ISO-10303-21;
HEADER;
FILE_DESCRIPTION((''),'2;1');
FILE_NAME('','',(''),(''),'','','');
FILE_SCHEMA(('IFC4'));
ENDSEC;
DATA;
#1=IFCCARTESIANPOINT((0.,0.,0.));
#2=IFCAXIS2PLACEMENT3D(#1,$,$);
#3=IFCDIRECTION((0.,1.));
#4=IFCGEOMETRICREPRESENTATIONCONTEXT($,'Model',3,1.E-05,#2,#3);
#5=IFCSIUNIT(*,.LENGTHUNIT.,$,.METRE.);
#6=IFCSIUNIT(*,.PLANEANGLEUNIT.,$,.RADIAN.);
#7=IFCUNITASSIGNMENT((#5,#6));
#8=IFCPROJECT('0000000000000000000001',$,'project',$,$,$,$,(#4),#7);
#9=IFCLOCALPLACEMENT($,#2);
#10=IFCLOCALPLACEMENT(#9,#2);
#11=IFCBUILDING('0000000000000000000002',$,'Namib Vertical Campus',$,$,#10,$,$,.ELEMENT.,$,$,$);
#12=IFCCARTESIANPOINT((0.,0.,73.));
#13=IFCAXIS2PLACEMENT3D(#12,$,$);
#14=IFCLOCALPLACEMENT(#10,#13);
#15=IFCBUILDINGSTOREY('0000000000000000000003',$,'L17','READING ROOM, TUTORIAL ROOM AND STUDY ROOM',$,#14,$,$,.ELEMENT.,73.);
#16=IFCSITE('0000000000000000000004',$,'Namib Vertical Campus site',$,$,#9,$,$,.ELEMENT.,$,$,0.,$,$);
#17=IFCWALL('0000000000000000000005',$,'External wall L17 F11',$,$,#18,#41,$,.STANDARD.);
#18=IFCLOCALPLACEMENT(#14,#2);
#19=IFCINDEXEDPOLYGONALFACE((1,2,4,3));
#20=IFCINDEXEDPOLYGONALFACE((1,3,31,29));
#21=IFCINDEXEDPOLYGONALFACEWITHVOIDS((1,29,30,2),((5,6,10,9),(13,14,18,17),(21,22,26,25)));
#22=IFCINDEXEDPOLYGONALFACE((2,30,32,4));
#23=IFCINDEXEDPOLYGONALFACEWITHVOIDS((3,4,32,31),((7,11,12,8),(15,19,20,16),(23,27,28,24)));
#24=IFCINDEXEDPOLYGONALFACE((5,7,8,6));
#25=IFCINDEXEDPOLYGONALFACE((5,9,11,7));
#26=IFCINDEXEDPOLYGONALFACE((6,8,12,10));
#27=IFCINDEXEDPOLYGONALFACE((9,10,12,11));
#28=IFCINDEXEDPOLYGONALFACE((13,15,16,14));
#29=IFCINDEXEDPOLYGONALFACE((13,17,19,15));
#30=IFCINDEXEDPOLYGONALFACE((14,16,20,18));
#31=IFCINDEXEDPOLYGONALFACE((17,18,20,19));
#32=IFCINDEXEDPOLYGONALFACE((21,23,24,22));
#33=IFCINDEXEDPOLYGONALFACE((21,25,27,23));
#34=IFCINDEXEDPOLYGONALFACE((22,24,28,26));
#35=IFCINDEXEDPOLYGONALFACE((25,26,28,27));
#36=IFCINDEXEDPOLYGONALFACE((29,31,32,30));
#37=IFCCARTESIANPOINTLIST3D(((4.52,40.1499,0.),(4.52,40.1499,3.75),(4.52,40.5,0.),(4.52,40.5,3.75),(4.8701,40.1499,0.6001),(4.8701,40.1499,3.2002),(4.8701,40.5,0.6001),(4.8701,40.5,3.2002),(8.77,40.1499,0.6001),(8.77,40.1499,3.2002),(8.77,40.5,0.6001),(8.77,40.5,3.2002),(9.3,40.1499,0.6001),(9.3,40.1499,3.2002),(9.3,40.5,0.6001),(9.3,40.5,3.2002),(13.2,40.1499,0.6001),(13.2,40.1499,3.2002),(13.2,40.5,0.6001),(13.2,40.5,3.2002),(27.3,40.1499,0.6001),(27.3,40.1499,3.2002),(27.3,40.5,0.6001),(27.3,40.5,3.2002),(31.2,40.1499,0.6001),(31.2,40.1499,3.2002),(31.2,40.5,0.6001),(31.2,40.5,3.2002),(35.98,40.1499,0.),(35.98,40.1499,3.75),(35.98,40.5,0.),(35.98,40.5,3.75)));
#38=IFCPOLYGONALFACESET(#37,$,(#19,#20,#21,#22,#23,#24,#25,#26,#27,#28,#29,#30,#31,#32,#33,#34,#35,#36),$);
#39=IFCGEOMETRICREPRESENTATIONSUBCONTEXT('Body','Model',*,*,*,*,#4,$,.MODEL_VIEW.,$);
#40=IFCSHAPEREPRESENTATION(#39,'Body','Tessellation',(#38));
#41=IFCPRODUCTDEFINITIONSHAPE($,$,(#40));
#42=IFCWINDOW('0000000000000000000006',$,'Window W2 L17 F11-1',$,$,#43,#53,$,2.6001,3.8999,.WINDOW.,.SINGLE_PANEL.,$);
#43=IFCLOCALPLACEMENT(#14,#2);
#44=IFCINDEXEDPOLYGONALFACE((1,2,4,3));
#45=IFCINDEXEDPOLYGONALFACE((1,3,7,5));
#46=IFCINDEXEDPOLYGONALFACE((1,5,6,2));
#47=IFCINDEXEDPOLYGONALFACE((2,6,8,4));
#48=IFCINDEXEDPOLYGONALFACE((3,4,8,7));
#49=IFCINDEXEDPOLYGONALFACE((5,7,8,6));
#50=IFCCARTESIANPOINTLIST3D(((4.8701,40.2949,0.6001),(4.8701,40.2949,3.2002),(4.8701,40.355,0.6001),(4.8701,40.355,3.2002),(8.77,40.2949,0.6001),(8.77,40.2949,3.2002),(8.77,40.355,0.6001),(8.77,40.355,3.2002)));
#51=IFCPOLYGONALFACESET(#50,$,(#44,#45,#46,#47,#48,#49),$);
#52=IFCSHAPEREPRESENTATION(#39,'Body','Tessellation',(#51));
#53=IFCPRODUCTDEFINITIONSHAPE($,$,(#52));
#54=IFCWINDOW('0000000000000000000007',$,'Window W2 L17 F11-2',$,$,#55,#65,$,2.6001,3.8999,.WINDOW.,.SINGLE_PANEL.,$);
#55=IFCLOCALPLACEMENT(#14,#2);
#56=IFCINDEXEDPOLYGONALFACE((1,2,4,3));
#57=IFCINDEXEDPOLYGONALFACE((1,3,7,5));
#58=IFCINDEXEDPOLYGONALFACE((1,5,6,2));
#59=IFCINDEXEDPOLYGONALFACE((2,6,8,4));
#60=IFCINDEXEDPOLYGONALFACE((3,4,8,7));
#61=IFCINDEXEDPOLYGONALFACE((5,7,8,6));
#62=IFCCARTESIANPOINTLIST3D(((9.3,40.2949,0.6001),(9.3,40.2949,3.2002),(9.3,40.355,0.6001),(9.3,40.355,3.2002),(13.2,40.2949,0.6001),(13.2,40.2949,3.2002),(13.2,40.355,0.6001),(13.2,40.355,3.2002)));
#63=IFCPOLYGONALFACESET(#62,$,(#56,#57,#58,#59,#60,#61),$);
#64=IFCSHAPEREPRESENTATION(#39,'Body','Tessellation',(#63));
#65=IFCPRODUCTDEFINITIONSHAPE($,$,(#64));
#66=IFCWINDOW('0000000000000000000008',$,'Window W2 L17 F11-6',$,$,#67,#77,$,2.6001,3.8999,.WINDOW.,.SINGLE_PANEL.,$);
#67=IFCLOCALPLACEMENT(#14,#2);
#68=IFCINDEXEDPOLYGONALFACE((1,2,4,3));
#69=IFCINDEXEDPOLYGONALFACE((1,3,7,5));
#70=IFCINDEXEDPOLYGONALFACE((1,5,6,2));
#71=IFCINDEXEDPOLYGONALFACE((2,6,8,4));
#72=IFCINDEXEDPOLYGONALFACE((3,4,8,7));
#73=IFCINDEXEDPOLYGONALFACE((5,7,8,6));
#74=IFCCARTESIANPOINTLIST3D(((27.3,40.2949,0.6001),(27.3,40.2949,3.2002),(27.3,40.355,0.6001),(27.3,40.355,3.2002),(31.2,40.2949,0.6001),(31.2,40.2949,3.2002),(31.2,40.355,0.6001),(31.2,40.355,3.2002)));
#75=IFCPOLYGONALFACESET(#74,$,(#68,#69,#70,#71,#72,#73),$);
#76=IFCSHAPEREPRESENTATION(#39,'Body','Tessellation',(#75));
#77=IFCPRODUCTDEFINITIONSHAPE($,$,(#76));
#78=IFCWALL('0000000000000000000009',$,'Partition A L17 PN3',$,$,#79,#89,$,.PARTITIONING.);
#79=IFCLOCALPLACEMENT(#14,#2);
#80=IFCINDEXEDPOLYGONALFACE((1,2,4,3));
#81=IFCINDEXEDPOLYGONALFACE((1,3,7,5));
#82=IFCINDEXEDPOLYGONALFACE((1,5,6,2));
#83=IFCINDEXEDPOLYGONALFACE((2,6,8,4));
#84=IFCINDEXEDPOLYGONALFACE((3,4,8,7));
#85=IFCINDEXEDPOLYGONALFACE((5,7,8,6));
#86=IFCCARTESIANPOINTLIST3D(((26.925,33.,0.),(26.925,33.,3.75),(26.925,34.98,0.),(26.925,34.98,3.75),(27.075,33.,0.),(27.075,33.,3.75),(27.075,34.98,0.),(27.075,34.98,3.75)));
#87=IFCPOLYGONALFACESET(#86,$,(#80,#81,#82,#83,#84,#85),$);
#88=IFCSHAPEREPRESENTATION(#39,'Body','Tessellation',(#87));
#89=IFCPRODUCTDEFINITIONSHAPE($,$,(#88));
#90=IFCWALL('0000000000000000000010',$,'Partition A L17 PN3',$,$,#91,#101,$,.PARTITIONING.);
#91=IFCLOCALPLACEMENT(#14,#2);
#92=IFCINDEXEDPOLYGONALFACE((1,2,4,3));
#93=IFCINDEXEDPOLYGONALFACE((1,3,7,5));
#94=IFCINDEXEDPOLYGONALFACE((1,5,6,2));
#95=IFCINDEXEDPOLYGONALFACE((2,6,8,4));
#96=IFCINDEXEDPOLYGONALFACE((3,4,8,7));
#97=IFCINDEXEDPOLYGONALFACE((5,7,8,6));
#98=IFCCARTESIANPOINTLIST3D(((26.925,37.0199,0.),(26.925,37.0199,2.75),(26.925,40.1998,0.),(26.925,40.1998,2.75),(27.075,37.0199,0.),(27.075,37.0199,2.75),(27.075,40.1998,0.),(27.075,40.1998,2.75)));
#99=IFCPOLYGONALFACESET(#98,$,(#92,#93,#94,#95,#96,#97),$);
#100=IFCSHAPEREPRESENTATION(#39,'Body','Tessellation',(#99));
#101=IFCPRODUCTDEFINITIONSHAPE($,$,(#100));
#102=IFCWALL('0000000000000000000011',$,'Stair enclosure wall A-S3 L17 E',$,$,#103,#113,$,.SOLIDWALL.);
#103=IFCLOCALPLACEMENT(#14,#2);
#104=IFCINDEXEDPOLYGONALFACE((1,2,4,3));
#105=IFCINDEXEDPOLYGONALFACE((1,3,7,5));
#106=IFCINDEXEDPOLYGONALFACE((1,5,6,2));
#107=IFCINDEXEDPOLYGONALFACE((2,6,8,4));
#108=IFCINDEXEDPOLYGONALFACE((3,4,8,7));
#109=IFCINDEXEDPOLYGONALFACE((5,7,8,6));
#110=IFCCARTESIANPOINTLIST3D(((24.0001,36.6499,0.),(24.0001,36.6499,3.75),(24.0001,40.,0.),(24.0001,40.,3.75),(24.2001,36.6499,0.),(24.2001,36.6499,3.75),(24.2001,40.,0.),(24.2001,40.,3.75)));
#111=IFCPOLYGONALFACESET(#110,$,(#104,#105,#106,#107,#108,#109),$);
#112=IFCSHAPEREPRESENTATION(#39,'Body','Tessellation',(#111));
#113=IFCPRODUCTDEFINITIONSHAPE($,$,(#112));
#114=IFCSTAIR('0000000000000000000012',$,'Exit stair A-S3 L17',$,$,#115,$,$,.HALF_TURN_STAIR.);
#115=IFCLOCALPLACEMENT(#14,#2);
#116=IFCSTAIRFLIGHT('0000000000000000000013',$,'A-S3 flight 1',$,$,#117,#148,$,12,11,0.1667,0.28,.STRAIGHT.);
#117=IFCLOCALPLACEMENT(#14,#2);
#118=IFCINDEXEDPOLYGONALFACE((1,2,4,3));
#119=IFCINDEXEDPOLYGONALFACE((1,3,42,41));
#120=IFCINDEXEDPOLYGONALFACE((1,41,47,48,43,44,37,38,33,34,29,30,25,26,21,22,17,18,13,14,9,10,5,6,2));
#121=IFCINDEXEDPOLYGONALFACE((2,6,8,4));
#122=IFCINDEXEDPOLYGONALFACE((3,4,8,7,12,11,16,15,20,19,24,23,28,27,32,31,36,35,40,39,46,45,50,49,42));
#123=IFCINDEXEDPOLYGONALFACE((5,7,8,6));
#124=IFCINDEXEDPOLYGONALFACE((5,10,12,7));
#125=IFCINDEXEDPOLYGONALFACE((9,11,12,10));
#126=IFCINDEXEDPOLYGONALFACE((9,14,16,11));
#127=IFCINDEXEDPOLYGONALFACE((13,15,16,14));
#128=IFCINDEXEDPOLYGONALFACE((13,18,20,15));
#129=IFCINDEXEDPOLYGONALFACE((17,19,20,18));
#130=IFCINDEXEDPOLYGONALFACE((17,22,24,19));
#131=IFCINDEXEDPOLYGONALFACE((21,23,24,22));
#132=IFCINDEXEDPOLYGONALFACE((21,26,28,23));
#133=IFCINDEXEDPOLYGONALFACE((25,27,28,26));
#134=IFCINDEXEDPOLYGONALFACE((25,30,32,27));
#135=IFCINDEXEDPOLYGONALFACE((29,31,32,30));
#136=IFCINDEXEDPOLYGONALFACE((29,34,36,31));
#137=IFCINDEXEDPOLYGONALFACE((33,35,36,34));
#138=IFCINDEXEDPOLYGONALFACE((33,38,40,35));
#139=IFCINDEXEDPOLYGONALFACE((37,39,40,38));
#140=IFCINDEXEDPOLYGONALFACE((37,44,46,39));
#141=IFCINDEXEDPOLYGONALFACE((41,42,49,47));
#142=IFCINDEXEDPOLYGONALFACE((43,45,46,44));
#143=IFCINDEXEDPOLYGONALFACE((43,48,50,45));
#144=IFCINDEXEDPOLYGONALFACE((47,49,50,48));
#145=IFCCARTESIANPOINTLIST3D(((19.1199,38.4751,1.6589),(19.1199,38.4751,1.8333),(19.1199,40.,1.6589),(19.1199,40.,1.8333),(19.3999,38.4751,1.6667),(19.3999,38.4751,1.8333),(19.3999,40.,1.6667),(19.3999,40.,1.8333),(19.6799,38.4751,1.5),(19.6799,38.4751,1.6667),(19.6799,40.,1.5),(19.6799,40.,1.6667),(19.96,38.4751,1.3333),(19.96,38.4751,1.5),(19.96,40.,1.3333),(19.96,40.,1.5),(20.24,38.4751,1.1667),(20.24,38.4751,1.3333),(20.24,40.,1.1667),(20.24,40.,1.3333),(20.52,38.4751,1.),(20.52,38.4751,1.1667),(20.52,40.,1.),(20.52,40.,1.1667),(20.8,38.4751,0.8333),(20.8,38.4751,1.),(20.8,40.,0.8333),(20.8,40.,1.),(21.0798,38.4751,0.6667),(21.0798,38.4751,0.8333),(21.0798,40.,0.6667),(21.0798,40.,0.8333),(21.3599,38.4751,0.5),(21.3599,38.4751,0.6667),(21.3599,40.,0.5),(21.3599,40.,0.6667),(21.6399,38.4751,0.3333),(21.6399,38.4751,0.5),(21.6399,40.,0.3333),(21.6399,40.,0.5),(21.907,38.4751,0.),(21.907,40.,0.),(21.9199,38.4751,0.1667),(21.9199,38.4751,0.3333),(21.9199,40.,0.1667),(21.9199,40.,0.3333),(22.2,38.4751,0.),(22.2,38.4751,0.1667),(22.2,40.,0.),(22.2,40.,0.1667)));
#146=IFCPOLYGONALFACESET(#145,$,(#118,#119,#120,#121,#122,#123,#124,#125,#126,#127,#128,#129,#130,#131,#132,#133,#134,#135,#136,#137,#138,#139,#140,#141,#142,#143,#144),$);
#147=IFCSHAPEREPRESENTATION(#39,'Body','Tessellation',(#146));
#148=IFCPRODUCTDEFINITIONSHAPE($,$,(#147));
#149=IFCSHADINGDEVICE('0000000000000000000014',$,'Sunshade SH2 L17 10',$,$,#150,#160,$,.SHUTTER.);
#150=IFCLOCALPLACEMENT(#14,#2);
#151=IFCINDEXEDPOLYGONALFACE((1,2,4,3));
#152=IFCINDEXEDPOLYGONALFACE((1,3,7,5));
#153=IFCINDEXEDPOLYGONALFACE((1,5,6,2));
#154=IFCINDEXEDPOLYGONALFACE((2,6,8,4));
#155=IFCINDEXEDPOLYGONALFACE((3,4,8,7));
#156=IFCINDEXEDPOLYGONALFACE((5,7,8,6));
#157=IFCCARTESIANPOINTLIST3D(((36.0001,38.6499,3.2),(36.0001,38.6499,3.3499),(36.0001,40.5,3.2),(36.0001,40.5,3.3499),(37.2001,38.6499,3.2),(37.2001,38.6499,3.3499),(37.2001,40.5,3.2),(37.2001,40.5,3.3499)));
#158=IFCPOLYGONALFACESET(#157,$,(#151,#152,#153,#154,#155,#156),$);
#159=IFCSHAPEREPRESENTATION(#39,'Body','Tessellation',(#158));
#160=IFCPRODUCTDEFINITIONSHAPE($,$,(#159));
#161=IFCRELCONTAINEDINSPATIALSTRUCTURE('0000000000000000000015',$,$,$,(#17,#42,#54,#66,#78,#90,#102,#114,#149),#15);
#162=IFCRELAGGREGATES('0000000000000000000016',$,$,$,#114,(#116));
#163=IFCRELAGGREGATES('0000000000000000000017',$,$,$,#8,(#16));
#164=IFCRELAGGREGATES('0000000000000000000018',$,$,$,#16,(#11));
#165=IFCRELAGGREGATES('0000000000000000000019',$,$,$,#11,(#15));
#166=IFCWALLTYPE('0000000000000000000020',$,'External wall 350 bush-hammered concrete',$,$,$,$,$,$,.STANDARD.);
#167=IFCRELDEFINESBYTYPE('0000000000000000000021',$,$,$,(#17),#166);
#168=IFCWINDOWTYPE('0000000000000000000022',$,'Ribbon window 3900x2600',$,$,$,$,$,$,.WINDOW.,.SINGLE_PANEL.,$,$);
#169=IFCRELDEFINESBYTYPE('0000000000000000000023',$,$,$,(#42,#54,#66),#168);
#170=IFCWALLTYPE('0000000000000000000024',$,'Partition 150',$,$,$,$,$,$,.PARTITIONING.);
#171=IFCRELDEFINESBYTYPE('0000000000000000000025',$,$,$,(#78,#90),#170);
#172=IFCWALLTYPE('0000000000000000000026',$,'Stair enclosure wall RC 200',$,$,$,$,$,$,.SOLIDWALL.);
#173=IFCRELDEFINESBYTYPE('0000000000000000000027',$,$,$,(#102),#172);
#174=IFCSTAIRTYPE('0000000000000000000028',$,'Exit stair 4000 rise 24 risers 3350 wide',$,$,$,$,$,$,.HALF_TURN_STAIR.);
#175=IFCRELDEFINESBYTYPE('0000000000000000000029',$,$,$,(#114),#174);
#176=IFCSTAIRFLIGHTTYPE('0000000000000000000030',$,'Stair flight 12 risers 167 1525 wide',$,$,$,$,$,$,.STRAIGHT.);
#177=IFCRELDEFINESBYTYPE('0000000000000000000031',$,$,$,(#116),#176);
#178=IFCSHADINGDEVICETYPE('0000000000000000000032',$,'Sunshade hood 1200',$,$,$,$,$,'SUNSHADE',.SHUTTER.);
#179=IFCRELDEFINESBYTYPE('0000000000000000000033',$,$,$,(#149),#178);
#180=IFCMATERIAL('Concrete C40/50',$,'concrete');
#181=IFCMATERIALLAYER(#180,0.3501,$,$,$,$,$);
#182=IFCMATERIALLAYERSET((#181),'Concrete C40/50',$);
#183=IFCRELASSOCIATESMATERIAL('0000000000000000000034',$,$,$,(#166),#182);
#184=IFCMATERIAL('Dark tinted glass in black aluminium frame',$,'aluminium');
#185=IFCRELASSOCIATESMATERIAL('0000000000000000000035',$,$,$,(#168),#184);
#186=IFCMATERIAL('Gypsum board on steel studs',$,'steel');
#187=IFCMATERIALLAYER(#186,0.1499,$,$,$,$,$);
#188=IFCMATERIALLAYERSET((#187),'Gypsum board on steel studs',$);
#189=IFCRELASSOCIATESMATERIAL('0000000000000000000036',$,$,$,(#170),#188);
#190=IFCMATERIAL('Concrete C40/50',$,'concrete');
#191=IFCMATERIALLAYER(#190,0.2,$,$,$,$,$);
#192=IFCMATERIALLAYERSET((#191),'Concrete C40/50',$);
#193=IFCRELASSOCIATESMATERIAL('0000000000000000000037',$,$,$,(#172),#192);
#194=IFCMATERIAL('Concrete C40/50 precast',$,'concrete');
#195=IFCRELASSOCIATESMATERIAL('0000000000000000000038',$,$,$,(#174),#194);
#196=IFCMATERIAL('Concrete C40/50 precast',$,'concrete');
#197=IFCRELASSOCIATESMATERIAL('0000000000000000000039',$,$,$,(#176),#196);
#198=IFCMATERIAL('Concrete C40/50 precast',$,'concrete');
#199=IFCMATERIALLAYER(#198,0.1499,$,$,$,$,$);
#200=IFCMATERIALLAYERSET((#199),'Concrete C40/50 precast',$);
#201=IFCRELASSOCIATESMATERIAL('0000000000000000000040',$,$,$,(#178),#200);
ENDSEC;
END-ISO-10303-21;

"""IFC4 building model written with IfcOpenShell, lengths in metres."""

from ifc_helpers import new_model, si_unit, direction, frame, frame_2d, origin, origin_2d, place, context, subcontext, project, spatial, polyline, rectangle, outline, extrude, material, layer, layer_set, type_object, element, fill, aggregate, save


model = new_model("IFC4")

# Units and contexts
model_context = context("Model", 3, precision=1e-05, world=origin(), true_north=direction((0.0, 1.0)))
body_context = subcontext(model_context, "Body", "Model", "MODEL_VIEW")
ifc_project = project(units=[si_unit("LENGTHUNIT", "METRE"), si_unit("PLANEANGLEUNIT", "RADIAN")], contexts=[model_context])

# Site, building, storey
site_placement = place(None, origin())
site = spatial("IfcSite", under=ifc_project, at=site_placement, Name="Namib Vertical Campus site", CompositionType="ELEMENT", RefElevation=0.0)
building_placement = place(site_placement, origin())
building = spatial("IfcBuilding", under=site, at=building_placement, Name="Namib Vertical Campus", CompositionType="ELEMENT")
storey_placement = place(building_placement, frame((0.0, 0.0, 73.0)))
storey = spatial("IfcBuildingStorey", under=building, at=storey_placement, Name="L17", Description="READING ROOM, TUTORIAL ROOM AND STUDY ROOM", CompositionType="ELEMENT", Elevation=73.0)

# Shared definitions
ifc_material_1 = material(Name="Concrete C40/50", Category="concrete")
ifc_layer_1 = layer(ifc_material_1, 0.3501)
ifc_layer_set_1 = layer_set([ifc_layer_1], Name="Concrete C40/50")
wall_type_1 = type_object("IfcWallType", Name="External wall 350 bush-hammered concrete", PredefinedType="STANDARD", material=ifc_layer_set_1)

# Wall, openings, windows
wall_1_placement = place(storey_placement, frame((35.98, 40.325, 0.0), z_axis=(0.0, 0.0, 1.0), x_axis=(-1.0, 0.0, 0.0)))
wall_1 = element("IfcWall", 1, at=wall_1_placement, inside=storey, type_object=wall_type_1, Name="External wall L17 F11", PredefinedType="STANDARD", context=body_context, shape_type="SweptSolid", body=[
    extrude(rectangle(XDim=31.46, YDim=0.3501, at=frame_2d((15.73, 0.0))), origin(), (0.0, 0.0, 1.0), 3.75),
])
opening_1_placement = place(wall_1_placement, frame((27.21, 0.0, 0.6001)))
opening_1 = element("IfcOpeningElement", 2, at=opening_1_placement, cuts=wall_1, PredefinedType="OPENING", context=body_context, shape_type="SweptSolid", body=[
    extrude(rectangle(XDim=3.8999, YDim=2.6001, at=frame_2d((1.95, 1.3))), frame((0.0, 0.1851, 0.0), z_axis=(0.0, -1.0, 0.0), x_axis=(1.0, 0.0, 0.0)), (0.0, 0.0, 1.0), 0.3701),
])
opening_2_placement = place(wall_1_placement, frame((22.78, 0.0, 0.6001)))
opening_2 = element("IfcOpeningElement", 3, at=opening_2_placement, cuts=wall_1, PredefinedType="OPENING", context=body_context, shape_type="SweptSolid", body=[
    extrude(rectangle(XDim=3.8999, YDim=2.6001, at=frame_2d((1.95, 1.3))), frame((0.0, 0.1851, 0.0), z_axis=(0.0, -1.0, 0.0), x_axis=(1.0, 0.0, 0.0)), (0.0, 0.0, 1.0), 0.3701),
])
opening_3_placement = place(wall_1_placement, frame((4.78, 0.0, 0.6001)))
opening_3 = element("IfcOpeningElement", 4, at=opening_3_placement, cuts=wall_1, PredefinedType="OPENING", context=body_context, shape_type="SweptSolid", body=[
    extrude(rectangle(XDim=3.8999, YDim=2.6001, at=frame_2d((1.95, 1.3))), frame((0.0, 0.1851, 0.0), z_axis=(0.0, -1.0, 0.0), x_axis=(1.0, 0.0, 0.0)), (0.0, 0.0, 1.0), 0.3701),
])
ifc_material_2 = material(Name="Dark tinted glass in black aluminium frame", Category="aluminium")
window_type = type_object("IfcWindowType", Name="Ribbon window 3900x2600", PartitioningType="SINGLE_PANEL", PredefinedType="WINDOW", material=ifc_material_2)
window_1_placement = place(opening_1_placement, origin())
window_1 = element("IfcWindow", 5, at=window_1_placement, inside=storey, type_object=window_type, Name="Window W2 L17 F11-1", OverallHeight=2.6001, OverallWidth=3.8999, PartitioningType="SINGLE_PANEL", PredefinedType="WINDOW", context=body_context, shape_type="SweptSolid", body=[
    extrude(rectangle(XDim=3.8999, YDim=2.6001, at=frame_2d((1.95, 1.3))), frame((0.0, 0.03, 0.0), z_axis=(0.0, -1.0, 0.0), x_axis=(1.0, 0.0, 0.0)), (0.0, 0.0, 1.0), 0.0601),
])
fill(opening_1, window_1)
window_2_placement = place(opening_2_placement, origin())
window_2 = element("IfcWindow", 6, at=window_2_placement, inside=storey, type_object=window_type, Name="Window W2 L17 F11-2", OverallHeight=2.6001, OverallWidth=3.8999, PartitioningType="SINGLE_PANEL", PredefinedType="WINDOW", context=body_context, shape_type="SweptSolid", body=[
    extrude(rectangle(XDim=3.8999, YDim=2.6001, at=frame_2d((1.95, 1.3))), frame((0.0, 0.03, 0.0), z_axis=(0.0, -1.0, 0.0), x_axis=(1.0, 0.0, 0.0)), (0.0, 0.0, 1.0), 0.0601),
])
fill(opening_2, window_2)
window_3_placement = place(opening_3_placement, origin())
window_3 = element("IfcWindow", 7, at=window_3_placement, inside=storey, type_object=window_type, Name="Window W2 L17 F11-6", OverallHeight=2.6001, OverallWidth=3.8999, PartitioningType="SINGLE_PANEL", PredefinedType="WINDOW", context=body_context, shape_type="SweptSolid", body=[
    extrude(rectangle(XDim=3.8999, YDim=2.6001, at=frame_2d((1.95, 1.3))), frame((0.0, 0.03, 0.0), z_axis=(0.0, -1.0, 0.0), x_axis=(1.0, 0.0, 0.0)), (0.0, 0.0, 1.0), 0.0601),
])
fill(opening_3, window_3)

# Walls
ifc_material_3 = material(Name="Gypsum board on steel studs", Category="steel")
ifc_layer_2 = layer(ifc_material_3, 0.1499)
ifc_layer_set_2 = layer_set([ifc_layer_2], Name="Gypsum board on steel studs")
wall_type_2 = type_object("IfcWallType", Name="Partition 150", PredefinedType="PARTITIONING", material=ifc_layer_set_2)
wall_2_placement = place(storey_placement, frame((27.0, 33.0, 0.0), z_axis=(0.0, 0.0, 1.0), x_axis=(0.0, 1.0, 0.0)))
element("IfcWall", 8, at=wall_2_placement, inside=storey, type_object=wall_type_2, Name="Partition A L17 PN3", PredefinedType="PARTITIONING", context=body_context, shape_type="SweptSolid", body=[
    extrude(rectangle(XDim=1.98, YDim=0.1499, at=frame_2d((0.99, 0.0))), origin(), (0.0, 0.0, 1.0), 3.75),
])
wall_3_placement = place(storey_placement, frame((27.0, 37.02, 0.0), z_axis=(0.0, 0.0, 1.0), x_axis=(0.0, 1.0, 0.0)))
element("IfcWall", 9, at=wall_3_placement, inside=storey, type_object=wall_type_2, Name="Partition A L17 PN3", PredefinedType="PARTITIONING", context=body_context, shape_type="SweptSolid", body=[
    extrude(rectangle(XDim=3.1799, YDim=0.1499, at=frame_2d((1.5898, 0.0))), origin(), (0.0, 0.0, 1.0), 2.75),
])
ifc_material_4 = material(Name="Concrete C40/50", Category="concrete")
ifc_layer_3 = layer(ifc_material_4, 0.2)
ifc_layer_set_3 = layer_set([ifc_layer_3], Name="Concrete C40/50")
wall_type_3 = type_object("IfcWallType", Name="Stair enclosure wall RC 200", PredefinedType="SOLIDWALL", material=ifc_layer_set_3)
wall_4_placement = place(storey_placement, frame((24.1001, 36.6499, 0.0), z_axis=(0.0, 0.0, 1.0), x_axis=(0.0, 1.0, 0.0)))
element("IfcWall", 10, at=wall_4_placement, inside=storey, type_object=wall_type_3, Name="Stair enclosure wall A-S3 L17 E", PredefinedType="SOLIDWALL", context=body_context, shape_type="SweptSolid", body=[
    extrude(rectangle(XDim=3.3501, YDim=0.2, at=frame_2d((1.675, 0.0))), origin(), (0.0, 0.0, 1.0), 3.75),
])

# Stair, stair flight
ifc_material_5 = material(Name="Concrete C40/50 precast", Category="concrete")
stair_type = type_object("IfcStairType", Name="Exit stair 4000 rise 24 risers 3350 wide", PredefinedType="HALF_TURN_STAIR", material=ifc_material_5)
stair_placement = place(storey_placement, origin())
stair = element("IfcStair", 11, at=stair_placement, inside=storey, type_object=stair_type, Name="Exit stair A-S3 L17", PredefinedType="HALF_TURN_STAIR")
ifc_material_6 = material(Name="Concrete C40/50 precast", Category="concrete")
stair_flight_type = type_object("IfcStairFlightType", Name="Stair flight 12 risers 167 1525 wide", PredefinedType="STRAIGHT", material=ifc_material_6)
stair_flight_placement = place(storey_placement, frame((22.2, 39.2375, 0.0), z_axis=(0.0, 0.0, 1.0), x_axis=(-1.0, 0.0, 0.0)))
stair_flight = element("IfcStairFlight", 12, at=stair_flight_placement, type_object=stair_flight_type, Name="A-S3 flight 1", NumberOfRisers=12, NumberOfTreads=11, PredefinedType="STRAIGHT", RiserHeight=0.1667, TreadLength=0.28, context=body_context, shape_type="SweptSolid", body=[
    extrude(outline(polyline([(0.0, 0.0), (0.0, 0.1667), (0.28, 0.1667), (0.28, 0.3333), (0.5601, 0.3333), (0.5601, 0.5), (0.8401, 0.5), (0.8401, 0.6667), (1.1201, 0.6667), (1.1201, 0.8333), (1.3999, 0.8333), (1.3999, 1.0), (1.6799, 1.0), (1.6799, 1.1667), (1.96, 1.1667), (1.96, 1.3333), (2.24, 1.3333), (2.24, 1.5), (2.52, 1.5), (2.52, 1.6667), (2.8, 1.6667), (2.8, 1.8333), (3.0801, 1.8333), (3.0801, 2.0), (3.0801, 1.6589), (0.293, 0.0), (0.0, 0.0)])), frame((0.0, 0.7625, 0.0), z_axis=(0.0, -1.0, 0.0), x_axis=(1.0, 0.0, 0.0)), (0.0, 0.0, 1.0), 1.5249),
])
aggregate(stair, [stair_flight])

# Shading device
ifc_material_7 = material(Name="Concrete C40/50 precast", Category="concrete")
ifc_layer_4 = layer(ifc_material_7, 0.1499)
ifc_layer_set_4 = layer_set([ifc_layer_4], Name="Concrete C40/50 precast")
shading_device_type = type_object("IfcShadingDeviceType", Name="Sunshade hood 1200", ElementType="SUNSHADE", PredefinedType="SHUTTER", material=ifc_layer_set_4)
shading_device_placement = place(storey_placement, frame((36.6001, 39.575, 3.2), z_axis=(0.0, 0.0, 1.0), x_axis=(0.0, 1.0, 0.0)))
element("IfcShadingDevice", 13, at=shading_device_placement, inside=storey, type_object=shading_device_type, Name="Sunshade SH2 L17 10", PredefinedType="SHUTTER", context=body_context, shape_type="SweptSolid", body=[
    extrude(rectangle(XDim=1.8501, YDim=1.2, at=origin_2d()), origin(), (0.0, 0.0, 1.0), 0.1499),
])

save(model, "model.ifc")
